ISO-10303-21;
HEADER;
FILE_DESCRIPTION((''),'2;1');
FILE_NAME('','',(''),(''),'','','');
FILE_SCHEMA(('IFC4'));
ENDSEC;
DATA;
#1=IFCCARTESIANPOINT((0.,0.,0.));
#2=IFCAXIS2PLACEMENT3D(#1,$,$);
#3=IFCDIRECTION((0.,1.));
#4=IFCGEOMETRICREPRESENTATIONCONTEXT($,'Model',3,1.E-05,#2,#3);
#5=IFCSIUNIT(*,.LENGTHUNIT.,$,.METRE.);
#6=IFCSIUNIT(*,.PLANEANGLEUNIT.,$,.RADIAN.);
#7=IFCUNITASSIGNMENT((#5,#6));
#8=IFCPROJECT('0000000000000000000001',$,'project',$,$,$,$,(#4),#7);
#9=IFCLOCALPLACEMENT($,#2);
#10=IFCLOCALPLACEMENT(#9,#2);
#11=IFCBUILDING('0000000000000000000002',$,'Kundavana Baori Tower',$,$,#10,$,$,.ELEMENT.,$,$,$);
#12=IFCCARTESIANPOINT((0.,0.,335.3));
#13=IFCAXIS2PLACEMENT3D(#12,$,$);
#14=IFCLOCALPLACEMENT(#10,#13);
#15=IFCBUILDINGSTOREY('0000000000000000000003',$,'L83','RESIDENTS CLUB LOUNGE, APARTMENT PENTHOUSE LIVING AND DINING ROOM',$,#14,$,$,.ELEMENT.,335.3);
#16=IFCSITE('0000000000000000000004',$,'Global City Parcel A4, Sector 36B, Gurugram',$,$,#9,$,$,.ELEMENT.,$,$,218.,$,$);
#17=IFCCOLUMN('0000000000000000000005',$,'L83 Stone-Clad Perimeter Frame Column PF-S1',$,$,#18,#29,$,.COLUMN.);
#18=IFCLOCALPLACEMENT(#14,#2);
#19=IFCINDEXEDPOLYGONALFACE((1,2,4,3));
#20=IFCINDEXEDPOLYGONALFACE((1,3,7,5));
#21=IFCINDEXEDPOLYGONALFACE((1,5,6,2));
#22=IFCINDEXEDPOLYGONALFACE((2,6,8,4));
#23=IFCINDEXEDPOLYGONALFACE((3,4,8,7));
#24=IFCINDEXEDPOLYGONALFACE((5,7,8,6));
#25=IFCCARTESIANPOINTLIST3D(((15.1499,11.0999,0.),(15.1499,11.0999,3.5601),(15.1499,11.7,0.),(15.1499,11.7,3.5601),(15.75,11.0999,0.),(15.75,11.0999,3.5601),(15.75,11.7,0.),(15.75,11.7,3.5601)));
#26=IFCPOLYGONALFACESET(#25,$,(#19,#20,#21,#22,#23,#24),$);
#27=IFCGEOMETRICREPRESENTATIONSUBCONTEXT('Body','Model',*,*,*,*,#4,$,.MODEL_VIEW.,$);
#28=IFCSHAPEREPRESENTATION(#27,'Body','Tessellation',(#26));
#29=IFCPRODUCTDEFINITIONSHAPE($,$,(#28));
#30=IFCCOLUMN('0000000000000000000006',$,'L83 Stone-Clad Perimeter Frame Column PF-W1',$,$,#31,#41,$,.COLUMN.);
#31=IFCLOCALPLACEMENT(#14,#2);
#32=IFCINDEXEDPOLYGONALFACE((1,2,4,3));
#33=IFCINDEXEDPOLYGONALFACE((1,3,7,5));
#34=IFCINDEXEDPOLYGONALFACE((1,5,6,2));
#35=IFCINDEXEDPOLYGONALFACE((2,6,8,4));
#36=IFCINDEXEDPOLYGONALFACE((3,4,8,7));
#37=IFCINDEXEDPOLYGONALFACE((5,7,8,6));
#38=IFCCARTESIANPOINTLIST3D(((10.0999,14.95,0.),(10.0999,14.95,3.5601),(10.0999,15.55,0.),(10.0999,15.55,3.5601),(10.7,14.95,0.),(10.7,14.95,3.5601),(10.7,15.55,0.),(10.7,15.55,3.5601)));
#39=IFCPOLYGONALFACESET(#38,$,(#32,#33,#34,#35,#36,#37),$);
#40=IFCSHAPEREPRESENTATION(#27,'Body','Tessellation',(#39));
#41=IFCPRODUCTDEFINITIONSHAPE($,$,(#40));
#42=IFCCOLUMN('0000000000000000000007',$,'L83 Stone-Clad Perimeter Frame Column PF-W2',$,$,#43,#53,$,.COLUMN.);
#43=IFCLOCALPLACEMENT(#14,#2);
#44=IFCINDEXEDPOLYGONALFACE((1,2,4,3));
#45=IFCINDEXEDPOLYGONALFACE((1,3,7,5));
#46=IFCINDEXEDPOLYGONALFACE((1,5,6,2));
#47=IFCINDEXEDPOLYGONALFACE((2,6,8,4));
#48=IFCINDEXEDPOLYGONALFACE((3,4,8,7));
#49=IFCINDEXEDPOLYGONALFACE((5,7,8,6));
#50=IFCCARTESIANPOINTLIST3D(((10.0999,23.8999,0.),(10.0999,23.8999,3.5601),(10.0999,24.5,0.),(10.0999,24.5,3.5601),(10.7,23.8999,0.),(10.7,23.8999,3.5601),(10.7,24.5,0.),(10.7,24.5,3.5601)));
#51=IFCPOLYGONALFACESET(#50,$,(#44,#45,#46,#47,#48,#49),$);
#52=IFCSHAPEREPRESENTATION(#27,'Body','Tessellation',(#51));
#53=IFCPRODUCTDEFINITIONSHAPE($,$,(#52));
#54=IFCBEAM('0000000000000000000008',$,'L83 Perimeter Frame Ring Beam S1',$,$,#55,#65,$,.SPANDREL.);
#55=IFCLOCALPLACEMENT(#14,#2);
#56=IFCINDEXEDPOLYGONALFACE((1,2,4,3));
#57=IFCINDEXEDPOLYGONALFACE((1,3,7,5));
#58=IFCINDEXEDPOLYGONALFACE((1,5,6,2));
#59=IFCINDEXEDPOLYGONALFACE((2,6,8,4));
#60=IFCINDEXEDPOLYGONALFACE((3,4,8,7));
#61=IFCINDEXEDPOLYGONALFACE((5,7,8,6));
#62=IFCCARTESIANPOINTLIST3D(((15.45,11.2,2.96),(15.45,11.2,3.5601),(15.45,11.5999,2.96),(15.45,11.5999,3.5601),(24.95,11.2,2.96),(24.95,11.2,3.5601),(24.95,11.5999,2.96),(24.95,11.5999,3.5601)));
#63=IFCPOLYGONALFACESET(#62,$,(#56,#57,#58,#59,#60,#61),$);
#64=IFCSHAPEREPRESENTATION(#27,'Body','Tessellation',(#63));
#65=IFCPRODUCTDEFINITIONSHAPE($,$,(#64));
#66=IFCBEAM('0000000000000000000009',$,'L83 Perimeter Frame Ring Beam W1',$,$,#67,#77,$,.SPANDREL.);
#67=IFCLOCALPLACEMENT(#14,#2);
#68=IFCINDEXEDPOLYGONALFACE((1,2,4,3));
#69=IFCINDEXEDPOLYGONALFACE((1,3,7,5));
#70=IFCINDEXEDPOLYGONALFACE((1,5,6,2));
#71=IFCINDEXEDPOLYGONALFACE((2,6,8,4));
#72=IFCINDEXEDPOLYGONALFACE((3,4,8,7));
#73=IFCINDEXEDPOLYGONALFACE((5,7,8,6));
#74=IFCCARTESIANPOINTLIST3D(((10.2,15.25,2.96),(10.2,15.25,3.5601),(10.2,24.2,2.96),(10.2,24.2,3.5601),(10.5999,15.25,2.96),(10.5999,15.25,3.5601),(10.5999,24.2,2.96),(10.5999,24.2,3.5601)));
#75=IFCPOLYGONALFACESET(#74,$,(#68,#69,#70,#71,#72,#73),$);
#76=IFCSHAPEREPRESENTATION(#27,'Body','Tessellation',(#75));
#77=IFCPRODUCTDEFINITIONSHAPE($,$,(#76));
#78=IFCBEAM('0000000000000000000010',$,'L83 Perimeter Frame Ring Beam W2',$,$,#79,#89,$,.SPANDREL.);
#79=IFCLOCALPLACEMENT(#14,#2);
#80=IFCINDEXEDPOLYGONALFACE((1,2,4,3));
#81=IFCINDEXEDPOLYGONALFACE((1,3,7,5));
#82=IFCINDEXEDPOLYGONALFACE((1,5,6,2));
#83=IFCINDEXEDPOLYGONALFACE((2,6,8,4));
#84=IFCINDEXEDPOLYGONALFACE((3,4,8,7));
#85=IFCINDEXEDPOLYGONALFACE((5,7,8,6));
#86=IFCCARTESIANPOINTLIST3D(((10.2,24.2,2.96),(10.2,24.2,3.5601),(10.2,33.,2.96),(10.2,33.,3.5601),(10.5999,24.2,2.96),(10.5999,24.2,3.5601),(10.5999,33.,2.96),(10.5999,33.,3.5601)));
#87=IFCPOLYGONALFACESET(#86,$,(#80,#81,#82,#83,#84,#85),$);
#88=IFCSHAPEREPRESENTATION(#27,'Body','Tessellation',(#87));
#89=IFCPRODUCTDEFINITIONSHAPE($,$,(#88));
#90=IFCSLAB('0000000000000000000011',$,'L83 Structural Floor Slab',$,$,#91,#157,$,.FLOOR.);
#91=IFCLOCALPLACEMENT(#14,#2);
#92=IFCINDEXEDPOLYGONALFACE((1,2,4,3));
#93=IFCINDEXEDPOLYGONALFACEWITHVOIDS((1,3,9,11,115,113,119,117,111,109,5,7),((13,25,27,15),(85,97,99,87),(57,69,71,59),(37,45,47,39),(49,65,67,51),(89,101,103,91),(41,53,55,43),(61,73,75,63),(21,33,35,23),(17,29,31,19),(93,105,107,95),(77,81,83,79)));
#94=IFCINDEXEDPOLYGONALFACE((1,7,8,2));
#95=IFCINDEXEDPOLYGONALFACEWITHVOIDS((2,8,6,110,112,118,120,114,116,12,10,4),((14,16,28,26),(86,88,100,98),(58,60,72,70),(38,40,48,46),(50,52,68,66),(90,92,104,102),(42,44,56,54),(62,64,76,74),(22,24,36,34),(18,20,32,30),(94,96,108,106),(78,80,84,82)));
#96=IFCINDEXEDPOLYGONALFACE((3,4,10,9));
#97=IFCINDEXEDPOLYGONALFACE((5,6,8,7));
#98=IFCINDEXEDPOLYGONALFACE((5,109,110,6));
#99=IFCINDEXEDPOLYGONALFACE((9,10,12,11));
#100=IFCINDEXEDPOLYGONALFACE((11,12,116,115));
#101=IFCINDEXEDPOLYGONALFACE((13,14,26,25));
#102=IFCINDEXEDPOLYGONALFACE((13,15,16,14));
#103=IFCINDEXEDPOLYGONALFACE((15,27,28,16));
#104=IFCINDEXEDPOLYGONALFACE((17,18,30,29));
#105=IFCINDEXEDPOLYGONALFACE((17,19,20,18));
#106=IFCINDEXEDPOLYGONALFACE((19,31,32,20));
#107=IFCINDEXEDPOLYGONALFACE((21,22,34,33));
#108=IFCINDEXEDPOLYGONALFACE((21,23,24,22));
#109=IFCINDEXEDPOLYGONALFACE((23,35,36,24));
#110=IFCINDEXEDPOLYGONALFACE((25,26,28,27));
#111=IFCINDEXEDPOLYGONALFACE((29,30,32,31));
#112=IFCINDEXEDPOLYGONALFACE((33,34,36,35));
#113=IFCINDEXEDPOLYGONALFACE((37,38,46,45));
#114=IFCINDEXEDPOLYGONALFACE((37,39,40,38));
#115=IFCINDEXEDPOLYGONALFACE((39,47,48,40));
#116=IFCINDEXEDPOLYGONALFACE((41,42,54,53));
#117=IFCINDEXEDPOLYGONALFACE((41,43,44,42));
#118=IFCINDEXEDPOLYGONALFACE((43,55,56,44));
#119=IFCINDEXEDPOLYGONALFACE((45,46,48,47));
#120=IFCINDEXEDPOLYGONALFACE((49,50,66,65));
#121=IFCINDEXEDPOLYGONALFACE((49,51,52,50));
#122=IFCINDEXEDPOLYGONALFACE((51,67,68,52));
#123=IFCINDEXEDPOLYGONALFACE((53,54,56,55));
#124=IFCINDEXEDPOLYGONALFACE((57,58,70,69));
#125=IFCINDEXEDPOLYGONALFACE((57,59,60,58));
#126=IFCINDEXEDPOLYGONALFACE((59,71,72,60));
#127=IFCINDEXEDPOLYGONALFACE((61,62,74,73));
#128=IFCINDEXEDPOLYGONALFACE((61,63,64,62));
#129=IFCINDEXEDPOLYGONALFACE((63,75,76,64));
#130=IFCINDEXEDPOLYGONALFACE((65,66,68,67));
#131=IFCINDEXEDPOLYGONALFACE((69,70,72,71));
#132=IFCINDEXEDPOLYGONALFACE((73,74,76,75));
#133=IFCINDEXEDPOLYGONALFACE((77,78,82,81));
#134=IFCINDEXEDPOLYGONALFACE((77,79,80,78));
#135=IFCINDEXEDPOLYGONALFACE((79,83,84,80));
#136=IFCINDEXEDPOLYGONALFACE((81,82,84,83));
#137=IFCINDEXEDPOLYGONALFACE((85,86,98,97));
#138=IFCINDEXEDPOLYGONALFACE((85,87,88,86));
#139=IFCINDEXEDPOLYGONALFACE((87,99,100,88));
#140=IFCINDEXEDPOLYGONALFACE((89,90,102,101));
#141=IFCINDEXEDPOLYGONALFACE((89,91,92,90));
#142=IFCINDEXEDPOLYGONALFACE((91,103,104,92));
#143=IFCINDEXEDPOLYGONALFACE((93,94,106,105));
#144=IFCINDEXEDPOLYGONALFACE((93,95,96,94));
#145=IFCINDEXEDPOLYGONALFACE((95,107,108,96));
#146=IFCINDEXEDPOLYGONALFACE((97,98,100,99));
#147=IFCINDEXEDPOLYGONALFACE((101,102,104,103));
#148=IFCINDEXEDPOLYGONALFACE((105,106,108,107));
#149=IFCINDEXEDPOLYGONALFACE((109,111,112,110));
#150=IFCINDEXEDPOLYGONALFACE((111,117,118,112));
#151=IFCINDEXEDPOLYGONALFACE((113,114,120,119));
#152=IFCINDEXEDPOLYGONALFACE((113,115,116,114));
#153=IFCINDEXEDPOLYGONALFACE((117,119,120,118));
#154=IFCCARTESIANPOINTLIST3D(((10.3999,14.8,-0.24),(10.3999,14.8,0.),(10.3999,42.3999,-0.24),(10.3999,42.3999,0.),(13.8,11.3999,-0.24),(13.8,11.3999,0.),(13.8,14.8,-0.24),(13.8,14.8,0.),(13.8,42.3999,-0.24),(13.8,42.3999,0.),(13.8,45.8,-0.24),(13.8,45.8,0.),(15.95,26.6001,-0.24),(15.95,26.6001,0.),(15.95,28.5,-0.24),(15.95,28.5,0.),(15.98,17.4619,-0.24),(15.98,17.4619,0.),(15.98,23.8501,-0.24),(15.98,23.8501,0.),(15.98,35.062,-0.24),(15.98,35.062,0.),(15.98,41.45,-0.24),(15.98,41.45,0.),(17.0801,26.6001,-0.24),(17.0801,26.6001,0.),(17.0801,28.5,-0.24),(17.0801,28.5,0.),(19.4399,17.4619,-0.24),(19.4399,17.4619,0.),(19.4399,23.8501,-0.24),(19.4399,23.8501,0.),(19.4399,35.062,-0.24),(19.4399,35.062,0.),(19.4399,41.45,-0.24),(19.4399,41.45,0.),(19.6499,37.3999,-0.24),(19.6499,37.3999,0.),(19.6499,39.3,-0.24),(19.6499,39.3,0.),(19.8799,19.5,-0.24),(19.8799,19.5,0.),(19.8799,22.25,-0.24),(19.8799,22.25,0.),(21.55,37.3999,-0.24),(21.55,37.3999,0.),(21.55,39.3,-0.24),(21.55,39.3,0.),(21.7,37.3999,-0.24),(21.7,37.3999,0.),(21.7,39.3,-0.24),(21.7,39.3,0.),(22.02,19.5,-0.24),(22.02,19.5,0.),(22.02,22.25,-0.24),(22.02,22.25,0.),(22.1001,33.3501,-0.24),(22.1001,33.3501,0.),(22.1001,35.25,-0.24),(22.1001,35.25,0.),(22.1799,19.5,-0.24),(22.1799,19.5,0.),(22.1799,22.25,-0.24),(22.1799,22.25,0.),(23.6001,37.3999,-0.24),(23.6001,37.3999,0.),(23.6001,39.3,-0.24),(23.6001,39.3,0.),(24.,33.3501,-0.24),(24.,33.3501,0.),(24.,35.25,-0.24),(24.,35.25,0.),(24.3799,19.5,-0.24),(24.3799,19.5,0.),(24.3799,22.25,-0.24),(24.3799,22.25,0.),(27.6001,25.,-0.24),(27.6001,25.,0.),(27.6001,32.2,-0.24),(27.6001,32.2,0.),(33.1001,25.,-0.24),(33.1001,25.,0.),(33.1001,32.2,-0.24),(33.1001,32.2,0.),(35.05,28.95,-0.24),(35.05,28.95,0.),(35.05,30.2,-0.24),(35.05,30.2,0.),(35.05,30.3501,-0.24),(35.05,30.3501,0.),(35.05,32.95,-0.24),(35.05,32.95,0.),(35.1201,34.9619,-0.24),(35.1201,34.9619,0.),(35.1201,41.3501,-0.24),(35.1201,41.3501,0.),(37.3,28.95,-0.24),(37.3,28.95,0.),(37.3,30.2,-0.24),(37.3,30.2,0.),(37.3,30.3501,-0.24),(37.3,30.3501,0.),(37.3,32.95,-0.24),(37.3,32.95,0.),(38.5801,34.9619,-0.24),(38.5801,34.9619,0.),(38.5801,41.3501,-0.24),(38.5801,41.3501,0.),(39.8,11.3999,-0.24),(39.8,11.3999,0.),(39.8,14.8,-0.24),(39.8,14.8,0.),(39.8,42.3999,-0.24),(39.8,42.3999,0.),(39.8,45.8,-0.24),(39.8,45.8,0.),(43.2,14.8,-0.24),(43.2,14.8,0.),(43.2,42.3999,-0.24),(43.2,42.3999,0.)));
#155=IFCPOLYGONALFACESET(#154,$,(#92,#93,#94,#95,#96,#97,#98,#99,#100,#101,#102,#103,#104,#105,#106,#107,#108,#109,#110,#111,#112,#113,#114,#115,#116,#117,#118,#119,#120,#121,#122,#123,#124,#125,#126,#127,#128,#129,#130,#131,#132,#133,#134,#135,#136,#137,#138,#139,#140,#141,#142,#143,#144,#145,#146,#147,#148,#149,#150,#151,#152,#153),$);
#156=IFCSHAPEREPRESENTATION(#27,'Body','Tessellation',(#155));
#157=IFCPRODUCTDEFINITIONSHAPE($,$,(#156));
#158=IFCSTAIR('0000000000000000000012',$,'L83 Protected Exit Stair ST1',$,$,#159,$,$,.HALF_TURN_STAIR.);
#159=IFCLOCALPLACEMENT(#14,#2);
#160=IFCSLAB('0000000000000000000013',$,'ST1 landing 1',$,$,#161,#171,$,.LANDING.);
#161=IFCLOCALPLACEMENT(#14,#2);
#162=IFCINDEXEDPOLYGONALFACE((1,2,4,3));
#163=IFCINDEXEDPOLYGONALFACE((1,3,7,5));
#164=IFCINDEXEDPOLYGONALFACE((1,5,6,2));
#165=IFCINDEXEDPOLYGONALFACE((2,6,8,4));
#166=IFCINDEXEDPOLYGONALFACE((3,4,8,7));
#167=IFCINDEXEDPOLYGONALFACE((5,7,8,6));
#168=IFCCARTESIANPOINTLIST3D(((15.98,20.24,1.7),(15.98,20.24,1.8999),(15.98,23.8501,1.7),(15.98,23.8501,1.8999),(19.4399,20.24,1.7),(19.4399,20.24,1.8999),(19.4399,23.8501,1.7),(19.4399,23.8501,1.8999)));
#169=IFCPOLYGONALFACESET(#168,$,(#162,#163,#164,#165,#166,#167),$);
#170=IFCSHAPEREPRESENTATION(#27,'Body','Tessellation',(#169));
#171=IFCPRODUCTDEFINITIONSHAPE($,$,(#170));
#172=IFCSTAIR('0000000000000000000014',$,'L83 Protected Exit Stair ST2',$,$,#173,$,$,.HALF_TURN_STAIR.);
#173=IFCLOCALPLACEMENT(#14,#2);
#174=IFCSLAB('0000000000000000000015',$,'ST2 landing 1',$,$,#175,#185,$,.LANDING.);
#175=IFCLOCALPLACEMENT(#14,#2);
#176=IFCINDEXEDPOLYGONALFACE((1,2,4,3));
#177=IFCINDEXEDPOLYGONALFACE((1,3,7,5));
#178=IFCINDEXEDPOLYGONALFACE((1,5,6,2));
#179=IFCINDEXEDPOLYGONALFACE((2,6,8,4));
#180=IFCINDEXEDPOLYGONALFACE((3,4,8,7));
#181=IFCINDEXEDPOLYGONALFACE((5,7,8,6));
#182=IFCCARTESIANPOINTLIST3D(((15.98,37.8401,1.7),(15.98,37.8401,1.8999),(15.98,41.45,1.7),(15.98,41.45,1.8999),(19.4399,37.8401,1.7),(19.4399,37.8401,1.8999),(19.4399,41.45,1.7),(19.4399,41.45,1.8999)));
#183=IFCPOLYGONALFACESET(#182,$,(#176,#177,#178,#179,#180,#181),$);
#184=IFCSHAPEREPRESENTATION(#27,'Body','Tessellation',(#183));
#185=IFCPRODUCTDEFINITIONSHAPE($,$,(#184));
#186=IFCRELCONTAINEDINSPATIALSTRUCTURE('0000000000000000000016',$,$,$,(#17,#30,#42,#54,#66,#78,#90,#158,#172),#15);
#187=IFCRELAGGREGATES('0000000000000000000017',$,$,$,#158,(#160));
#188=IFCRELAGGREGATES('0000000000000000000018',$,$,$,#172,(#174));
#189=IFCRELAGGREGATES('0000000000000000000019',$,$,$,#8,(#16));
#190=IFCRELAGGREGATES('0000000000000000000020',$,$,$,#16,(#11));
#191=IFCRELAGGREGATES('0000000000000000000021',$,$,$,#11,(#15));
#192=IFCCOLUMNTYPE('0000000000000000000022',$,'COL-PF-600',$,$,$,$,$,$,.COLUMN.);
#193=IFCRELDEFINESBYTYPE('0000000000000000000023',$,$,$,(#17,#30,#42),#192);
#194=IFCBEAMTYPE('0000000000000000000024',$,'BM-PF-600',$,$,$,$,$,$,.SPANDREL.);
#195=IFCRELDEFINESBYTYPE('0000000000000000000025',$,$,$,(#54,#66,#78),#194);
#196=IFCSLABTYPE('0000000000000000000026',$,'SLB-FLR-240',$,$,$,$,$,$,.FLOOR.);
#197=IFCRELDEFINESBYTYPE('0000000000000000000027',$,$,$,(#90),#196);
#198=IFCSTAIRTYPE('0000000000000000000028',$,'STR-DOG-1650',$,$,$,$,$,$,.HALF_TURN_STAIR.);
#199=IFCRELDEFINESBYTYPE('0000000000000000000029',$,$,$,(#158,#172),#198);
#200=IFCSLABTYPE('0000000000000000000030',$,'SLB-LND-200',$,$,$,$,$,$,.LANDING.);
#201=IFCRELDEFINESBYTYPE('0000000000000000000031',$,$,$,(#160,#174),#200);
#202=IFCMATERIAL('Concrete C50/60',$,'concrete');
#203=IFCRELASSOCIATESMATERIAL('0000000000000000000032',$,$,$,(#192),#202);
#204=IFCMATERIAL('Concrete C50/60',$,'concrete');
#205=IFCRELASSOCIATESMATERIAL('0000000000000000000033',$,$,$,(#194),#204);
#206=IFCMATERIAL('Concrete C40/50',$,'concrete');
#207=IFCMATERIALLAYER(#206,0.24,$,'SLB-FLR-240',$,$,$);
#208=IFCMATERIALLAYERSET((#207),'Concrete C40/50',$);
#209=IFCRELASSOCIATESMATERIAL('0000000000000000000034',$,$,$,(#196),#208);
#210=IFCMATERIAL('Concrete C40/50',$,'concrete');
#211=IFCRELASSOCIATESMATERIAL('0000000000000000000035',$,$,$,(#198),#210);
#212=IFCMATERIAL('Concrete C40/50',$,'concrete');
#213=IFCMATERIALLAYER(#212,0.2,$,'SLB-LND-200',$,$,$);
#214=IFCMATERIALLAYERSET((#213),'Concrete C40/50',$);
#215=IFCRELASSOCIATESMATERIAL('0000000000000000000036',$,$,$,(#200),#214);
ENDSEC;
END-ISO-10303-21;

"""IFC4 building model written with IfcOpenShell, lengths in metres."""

from ifc_helpers import new_model, si_unit, direction, frame, origin, origin_2d, place, context, subcontext, project, spatial, polyline, rectangle, outline, extrude, material, layer, layer_set, material_profile, profile_set, type_object, element, aggregate, save


model = new_model("IFC4")

# Units and contexts
model_context = context("Model", 3, precision=1e-05, world=origin(), true_north=direction((0.0, 1.0)))
body_context = subcontext(model_context, "Body", "Model", "MODEL_VIEW")
ifc_project = project(units=[si_unit("LENGTHUNIT", "METRE"), si_unit("PLANEANGLEUNIT", "RADIAN")], contexts=[model_context])

# Site, building, storey
site_placement = place(None, origin())
site = spatial("IfcSite", under=ifc_project, at=site_placement, Name="Global City Parcel A4, Sector 36B, Gurugram", CompositionType="ELEMENT", RefElevation=218.0)
building_placement = place(site_placement, origin())
building = spatial("IfcBuilding", under=site, at=building_placement, Name="Kundavana Baori Tower", CompositionType="ELEMENT")
storey_placement = place(building_placement, frame((0.0, 0.0, 335.3)))
storey = spatial("IfcBuildingStorey", under=building, at=storey_placement, Name="L83", Description="RESIDENTS CLUB LOUNGE, APARTMENT PENTHOUSE LIVING AND DINING ROOM", CompositionType="ELEMENT", Elevation=335.3)

# Columns
ifc_material_1 = material(Name="Concrete C50/60", Category="concrete")
ifc_material_profile_1 = material_profile(ifc_material_1, rectangle(XDim=0.6001, YDim=0.6001, at=origin_2d()), Name="RC PF 600x600")
ifc_profile_set_1 = profile_set([ifc_material_profile_1], Name="Concrete C50/60")
column_type = type_object("IfcColumnType", Name="COL-PF-600", PredefinedType="COLUMN", material=ifc_profile_set_1)
for number, where, z_axis, x_axis, name in (
    (1, (15.45, 11.3999, 0.0), (0.0, 0.0, 1.0), (1.0, 0.0, 0.0), "L83 Stone-Clad Perimeter Frame Column PF-S1"),
    (2, (10.3999, 15.25, 0.0), (0.0, 0.0, 1.0), (1.0, 0.0, 0.0), "L83 Stone-Clad Perimeter Frame Column PF-W1"),
    (3, (10.3999, 24.2, 0.0), (0.0, 0.0, 1.0), (1.0, 0.0, 0.0), "L83 Stone-Clad Perimeter Frame Column PF-W2"),
):
    element("IfcColumn", number, at=place(storey_placement, frame(where, z_axis=z_axis, x_axis=x_axis)), inside=storey, type_object=column_type, Name=name, PredefinedType="COLUMN", context=body_context, shape_type="SweptSolid", body=[
        extrude(rectangle(XDim=0.6001, YDim=0.6001, at=origin_2d()), origin(), (0.0, 0.0, 1.0), 3.5601),
    ])

# Beams
ifc_material_2 = material(Name="Concrete C50/60", Category="concrete")
ifc_material_profile_2 = material_profile(ifc_material_2, rectangle(XDim=0.3999, YDim=0.6001, at=origin_2d()), Name="RC BM 400x600")
ifc_profile_set_2 = profile_set([ifc_material_profile_2], Name="Concrete C50/60")
beam_type = type_object("IfcBeamType", Name="BM-PF-600", PredefinedType="SPANDREL", material=ifc_profile_set_2)
beam_1_placement = place(storey_placement, frame((15.45, 11.3999, 3.26), z_axis=(1.0, 0.0, 0.0), x_axis=(0.0, 1.0, 0.0)))
element("IfcBeam", 4, at=beam_1_placement, inside=storey, type_object=beam_type, Name="L83 Perimeter Frame Ring Beam S1", PredefinedType="SPANDREL", context=body_context, shape_type="SweptSolid", body=[
    extrude(rectangle(XDim=0.3999, YDim=0.6001, at=origin_2d()), origin(), (0.0, 0.0, 1.0), 9.5),
])
beam_2_placement = place(storey_placement, frame((10.3999, 15.25, 3.26), z_axis=(0.0, 1.0, 0.0), x_axis=(-1.0, 0.0, 0.0)))
element("IfcBeam", 5, at=beam_2_placement, inside=storey, type_object=beam_type, Name="L83 Perimeter Frame Ring Beam W1", PredefinedType="SPANDREL", context=body_context, shape_type="SweptSolid", body=[
    extrude(rectangle(XDim=0.3999, YDim=0.6001, at=origin_2d()), origin(), (0.0, 0.0, 1.0), 8.95),
])
beam_3_placement = place(storey_placement, frame((10.3999, 24.2, 3.26), z_axis=(0.0, 1.0, 0.0), x_axis=(-1.0, 0.0, 0.0)))
element("IfcBeam", 6, at=beam_3_placement, inside=storey, type_object=beam_type, Name="L83 Perimeter Frame Ring Beam W2", PredefinedType="SPANDREL", context=body_context, shape_type="SweptSolid", body=[
    extrude(rectangle(XDim=0.3999, YDim=0.6001, at=origin_2d()), origin(), (0.0, 0.0, 1.0), 8.8),
])

# Slab
ifc_material_3 = material(Name="Concrete C40/50", Category="concrete")
ifc_layer_1 = layer(ifc_material_3, 0.24, Name="SLB-FLR-240")
ifc_layer_set_1 = layer_set([ifc_layer_1], Name="Concrete C40/50")
slab_type_1 = type_object("IfcSlabType", Name="SLB-FLR-240", PredefinedType="FLOOR", material=ifc_layer_set_1)
slab_1_placement = place(storey_placement, frame((0.0, 0.0, -0.24)))
element("IfcSlab", 7, at=slab_1_placement, inside=storey, type_object=slab_type_1, Name="L83 Structural Floor Slab", PredefinedType="FLOOR", context=body_context, shape_type="SweptSolid", body=[
    extrude(outline(polyline([(13.8, 11.3999), (39.8, 11.3999), (39.8, 14.8), (43.2, 14.8), (43.2, 42.3999), (39.8, 42.3999), (39.8, 45.8), (13.8, 45.8), (13.8, 42.3999), (10.3999, 42.3999), (10.3999, 14.8), (13.8, 14.8), (13.8, 11.3999)]), holes=[polyline([(19.4399, 17.4619), (19.4399, 23.8501), (15.98, 23.8501), (15.98, 17.4619), (19.4399, 17.4619)]), polyline([(19.4399, 35.062), (19.4399, 41.45), (15.98, 41.45), (15.98, 35.062), (19.4399, 35.062)]), polyline([(38.5801, 34.9619), (38.5801, 41.3501), (35.1201, 41.3501), (35.1201, 34.9619), (38.5801, 34.9619)]), polyline([(19.6499, 37.3999), (21.55, 37.3999), (21.55, 39.3), (19.6499, 39.3), (19.6499, 37.3999)]), polyline([(21.7, 37.3999), (23.6001, 37.3999), (23.6001, 39.3), (21.7, 39.3), (21.7, 37.3999)]), polyline([(22.1001, 33.3501), (24.0, 33.3501), (24.0, 35.25), (22.1001, 35.25), (22.1001, 33.3501)]), polyline([(19.8799, 19.5), (22.02, 19.5), (22.02, 22.25), (19.8799, 22.25), (19.8799, 19.5)]), polyline([(22.1799, 19.5), (24.3799, 19.5), (24.3799, 22.25), (22.1799, 22.25), (22.1799, 19.5)]), polyline([(35.05, 30.3501), (37.3, 30.3501), (37.3, 32.95), (35.05, 32.95), (35.05, 30.3501)]), polyline([(15.95, 26.6001), (17.0801, 26.6001), (17.0801, 28.5), (15.95, 28.5), (15.95, 26.6001)]), polyline([(35.05, 28.95), (37.3, 28.95), (37.3, 30.2), (35.05, 30.2), (35.05, 28.95)]), polyline([(27.6001, 25.0), (33.1001, 25.0), (33.1001, 32.2), (27.6001, 32.2), (27.6001, 25.0)])]), origin(), (0.0, 0.0, 1.0), 0.24),
])

# Stairs, slabs
ifc_material_4 = material(Name="Concrete C40/50", Category="concrete")
stair_type = type_object("IfcStairType", Name="STR-DOG-1650", PredefinedType="HALF_TURN_STAIR", material=ifc_material_4)
stair_1_placement = place(storey_placement, origin())
stair_1 = element("IfcStair", 8, at=stair_1_placement, inside=storey, type_object=stair_type, Name="L83 Protected Exit Stair ST1", PredefinedType="HALF_TURN_STAIR")
ifc_material_5 = material(Name="Concrete C40/50", Category="concrete")
ifc_layer_2 = layer(ifc_material_5, 0.2, Name="SLB-LND-200")
ifc_layer_set_2 = layer_set([ifc_layer_2], Name="Concrete C40/50")
slab_type_2 = type_object("IfcSlabType", Name="SLB-LND-200", PredefinedType="LANDING", material=ifc_layer_set_2)
slab_2_placement = place(storey_placement, frame((0.0, 0.0, 1.7)))
slab_2 = element("IfcSlab", 9, at=slab_2_placement, type_object=slab_type_2, Name="ST1 landing 1", PredefinedType="LANDING", context=body_context, shape_type="SweptSolid", body=[
    extrude(outline(polyline([(19.4399, 20.24), (19.4399, 23.8501), (15.98, 23.8501), (15.98, 20.24), (19.4399, 20.24)])), origin(), (0.0, 0.0, 1.0), 0.2),
])
aggregate(stair_1, [slab_2])
stair_2_placement = place(storey_placement, origin())
stair_2 = element("IfcStair", 10, at=stair_2_placement, inside=storey, type_object=stair_type, Name="L83 Protected Exit Stair ST2", PredefinedType="HALF_TURN_STAIR")
slab_3_placement = place(storey_placement, frame((0.0, 0.0, 1.7)))
slab_3 = element("IfcSlab", 11, at=slab_3_placement, type_object=slab_type_2, Name="ST2 landing 1", PredefinedType="LANDING", context=body_context, shape_type="SweptSolid", body=[
    extrude(outline(polyline([(19.4399, 37.8401), (19.4399, 41.45), (15.98, 41.45), (15.98, 37.8401), (19.4399, 37.8401)])), origin(), (0.0, 0.0, 1.0), 0.2),
])
aggregate(stair_2, [slab_3])

save(model, "model.ifc")
